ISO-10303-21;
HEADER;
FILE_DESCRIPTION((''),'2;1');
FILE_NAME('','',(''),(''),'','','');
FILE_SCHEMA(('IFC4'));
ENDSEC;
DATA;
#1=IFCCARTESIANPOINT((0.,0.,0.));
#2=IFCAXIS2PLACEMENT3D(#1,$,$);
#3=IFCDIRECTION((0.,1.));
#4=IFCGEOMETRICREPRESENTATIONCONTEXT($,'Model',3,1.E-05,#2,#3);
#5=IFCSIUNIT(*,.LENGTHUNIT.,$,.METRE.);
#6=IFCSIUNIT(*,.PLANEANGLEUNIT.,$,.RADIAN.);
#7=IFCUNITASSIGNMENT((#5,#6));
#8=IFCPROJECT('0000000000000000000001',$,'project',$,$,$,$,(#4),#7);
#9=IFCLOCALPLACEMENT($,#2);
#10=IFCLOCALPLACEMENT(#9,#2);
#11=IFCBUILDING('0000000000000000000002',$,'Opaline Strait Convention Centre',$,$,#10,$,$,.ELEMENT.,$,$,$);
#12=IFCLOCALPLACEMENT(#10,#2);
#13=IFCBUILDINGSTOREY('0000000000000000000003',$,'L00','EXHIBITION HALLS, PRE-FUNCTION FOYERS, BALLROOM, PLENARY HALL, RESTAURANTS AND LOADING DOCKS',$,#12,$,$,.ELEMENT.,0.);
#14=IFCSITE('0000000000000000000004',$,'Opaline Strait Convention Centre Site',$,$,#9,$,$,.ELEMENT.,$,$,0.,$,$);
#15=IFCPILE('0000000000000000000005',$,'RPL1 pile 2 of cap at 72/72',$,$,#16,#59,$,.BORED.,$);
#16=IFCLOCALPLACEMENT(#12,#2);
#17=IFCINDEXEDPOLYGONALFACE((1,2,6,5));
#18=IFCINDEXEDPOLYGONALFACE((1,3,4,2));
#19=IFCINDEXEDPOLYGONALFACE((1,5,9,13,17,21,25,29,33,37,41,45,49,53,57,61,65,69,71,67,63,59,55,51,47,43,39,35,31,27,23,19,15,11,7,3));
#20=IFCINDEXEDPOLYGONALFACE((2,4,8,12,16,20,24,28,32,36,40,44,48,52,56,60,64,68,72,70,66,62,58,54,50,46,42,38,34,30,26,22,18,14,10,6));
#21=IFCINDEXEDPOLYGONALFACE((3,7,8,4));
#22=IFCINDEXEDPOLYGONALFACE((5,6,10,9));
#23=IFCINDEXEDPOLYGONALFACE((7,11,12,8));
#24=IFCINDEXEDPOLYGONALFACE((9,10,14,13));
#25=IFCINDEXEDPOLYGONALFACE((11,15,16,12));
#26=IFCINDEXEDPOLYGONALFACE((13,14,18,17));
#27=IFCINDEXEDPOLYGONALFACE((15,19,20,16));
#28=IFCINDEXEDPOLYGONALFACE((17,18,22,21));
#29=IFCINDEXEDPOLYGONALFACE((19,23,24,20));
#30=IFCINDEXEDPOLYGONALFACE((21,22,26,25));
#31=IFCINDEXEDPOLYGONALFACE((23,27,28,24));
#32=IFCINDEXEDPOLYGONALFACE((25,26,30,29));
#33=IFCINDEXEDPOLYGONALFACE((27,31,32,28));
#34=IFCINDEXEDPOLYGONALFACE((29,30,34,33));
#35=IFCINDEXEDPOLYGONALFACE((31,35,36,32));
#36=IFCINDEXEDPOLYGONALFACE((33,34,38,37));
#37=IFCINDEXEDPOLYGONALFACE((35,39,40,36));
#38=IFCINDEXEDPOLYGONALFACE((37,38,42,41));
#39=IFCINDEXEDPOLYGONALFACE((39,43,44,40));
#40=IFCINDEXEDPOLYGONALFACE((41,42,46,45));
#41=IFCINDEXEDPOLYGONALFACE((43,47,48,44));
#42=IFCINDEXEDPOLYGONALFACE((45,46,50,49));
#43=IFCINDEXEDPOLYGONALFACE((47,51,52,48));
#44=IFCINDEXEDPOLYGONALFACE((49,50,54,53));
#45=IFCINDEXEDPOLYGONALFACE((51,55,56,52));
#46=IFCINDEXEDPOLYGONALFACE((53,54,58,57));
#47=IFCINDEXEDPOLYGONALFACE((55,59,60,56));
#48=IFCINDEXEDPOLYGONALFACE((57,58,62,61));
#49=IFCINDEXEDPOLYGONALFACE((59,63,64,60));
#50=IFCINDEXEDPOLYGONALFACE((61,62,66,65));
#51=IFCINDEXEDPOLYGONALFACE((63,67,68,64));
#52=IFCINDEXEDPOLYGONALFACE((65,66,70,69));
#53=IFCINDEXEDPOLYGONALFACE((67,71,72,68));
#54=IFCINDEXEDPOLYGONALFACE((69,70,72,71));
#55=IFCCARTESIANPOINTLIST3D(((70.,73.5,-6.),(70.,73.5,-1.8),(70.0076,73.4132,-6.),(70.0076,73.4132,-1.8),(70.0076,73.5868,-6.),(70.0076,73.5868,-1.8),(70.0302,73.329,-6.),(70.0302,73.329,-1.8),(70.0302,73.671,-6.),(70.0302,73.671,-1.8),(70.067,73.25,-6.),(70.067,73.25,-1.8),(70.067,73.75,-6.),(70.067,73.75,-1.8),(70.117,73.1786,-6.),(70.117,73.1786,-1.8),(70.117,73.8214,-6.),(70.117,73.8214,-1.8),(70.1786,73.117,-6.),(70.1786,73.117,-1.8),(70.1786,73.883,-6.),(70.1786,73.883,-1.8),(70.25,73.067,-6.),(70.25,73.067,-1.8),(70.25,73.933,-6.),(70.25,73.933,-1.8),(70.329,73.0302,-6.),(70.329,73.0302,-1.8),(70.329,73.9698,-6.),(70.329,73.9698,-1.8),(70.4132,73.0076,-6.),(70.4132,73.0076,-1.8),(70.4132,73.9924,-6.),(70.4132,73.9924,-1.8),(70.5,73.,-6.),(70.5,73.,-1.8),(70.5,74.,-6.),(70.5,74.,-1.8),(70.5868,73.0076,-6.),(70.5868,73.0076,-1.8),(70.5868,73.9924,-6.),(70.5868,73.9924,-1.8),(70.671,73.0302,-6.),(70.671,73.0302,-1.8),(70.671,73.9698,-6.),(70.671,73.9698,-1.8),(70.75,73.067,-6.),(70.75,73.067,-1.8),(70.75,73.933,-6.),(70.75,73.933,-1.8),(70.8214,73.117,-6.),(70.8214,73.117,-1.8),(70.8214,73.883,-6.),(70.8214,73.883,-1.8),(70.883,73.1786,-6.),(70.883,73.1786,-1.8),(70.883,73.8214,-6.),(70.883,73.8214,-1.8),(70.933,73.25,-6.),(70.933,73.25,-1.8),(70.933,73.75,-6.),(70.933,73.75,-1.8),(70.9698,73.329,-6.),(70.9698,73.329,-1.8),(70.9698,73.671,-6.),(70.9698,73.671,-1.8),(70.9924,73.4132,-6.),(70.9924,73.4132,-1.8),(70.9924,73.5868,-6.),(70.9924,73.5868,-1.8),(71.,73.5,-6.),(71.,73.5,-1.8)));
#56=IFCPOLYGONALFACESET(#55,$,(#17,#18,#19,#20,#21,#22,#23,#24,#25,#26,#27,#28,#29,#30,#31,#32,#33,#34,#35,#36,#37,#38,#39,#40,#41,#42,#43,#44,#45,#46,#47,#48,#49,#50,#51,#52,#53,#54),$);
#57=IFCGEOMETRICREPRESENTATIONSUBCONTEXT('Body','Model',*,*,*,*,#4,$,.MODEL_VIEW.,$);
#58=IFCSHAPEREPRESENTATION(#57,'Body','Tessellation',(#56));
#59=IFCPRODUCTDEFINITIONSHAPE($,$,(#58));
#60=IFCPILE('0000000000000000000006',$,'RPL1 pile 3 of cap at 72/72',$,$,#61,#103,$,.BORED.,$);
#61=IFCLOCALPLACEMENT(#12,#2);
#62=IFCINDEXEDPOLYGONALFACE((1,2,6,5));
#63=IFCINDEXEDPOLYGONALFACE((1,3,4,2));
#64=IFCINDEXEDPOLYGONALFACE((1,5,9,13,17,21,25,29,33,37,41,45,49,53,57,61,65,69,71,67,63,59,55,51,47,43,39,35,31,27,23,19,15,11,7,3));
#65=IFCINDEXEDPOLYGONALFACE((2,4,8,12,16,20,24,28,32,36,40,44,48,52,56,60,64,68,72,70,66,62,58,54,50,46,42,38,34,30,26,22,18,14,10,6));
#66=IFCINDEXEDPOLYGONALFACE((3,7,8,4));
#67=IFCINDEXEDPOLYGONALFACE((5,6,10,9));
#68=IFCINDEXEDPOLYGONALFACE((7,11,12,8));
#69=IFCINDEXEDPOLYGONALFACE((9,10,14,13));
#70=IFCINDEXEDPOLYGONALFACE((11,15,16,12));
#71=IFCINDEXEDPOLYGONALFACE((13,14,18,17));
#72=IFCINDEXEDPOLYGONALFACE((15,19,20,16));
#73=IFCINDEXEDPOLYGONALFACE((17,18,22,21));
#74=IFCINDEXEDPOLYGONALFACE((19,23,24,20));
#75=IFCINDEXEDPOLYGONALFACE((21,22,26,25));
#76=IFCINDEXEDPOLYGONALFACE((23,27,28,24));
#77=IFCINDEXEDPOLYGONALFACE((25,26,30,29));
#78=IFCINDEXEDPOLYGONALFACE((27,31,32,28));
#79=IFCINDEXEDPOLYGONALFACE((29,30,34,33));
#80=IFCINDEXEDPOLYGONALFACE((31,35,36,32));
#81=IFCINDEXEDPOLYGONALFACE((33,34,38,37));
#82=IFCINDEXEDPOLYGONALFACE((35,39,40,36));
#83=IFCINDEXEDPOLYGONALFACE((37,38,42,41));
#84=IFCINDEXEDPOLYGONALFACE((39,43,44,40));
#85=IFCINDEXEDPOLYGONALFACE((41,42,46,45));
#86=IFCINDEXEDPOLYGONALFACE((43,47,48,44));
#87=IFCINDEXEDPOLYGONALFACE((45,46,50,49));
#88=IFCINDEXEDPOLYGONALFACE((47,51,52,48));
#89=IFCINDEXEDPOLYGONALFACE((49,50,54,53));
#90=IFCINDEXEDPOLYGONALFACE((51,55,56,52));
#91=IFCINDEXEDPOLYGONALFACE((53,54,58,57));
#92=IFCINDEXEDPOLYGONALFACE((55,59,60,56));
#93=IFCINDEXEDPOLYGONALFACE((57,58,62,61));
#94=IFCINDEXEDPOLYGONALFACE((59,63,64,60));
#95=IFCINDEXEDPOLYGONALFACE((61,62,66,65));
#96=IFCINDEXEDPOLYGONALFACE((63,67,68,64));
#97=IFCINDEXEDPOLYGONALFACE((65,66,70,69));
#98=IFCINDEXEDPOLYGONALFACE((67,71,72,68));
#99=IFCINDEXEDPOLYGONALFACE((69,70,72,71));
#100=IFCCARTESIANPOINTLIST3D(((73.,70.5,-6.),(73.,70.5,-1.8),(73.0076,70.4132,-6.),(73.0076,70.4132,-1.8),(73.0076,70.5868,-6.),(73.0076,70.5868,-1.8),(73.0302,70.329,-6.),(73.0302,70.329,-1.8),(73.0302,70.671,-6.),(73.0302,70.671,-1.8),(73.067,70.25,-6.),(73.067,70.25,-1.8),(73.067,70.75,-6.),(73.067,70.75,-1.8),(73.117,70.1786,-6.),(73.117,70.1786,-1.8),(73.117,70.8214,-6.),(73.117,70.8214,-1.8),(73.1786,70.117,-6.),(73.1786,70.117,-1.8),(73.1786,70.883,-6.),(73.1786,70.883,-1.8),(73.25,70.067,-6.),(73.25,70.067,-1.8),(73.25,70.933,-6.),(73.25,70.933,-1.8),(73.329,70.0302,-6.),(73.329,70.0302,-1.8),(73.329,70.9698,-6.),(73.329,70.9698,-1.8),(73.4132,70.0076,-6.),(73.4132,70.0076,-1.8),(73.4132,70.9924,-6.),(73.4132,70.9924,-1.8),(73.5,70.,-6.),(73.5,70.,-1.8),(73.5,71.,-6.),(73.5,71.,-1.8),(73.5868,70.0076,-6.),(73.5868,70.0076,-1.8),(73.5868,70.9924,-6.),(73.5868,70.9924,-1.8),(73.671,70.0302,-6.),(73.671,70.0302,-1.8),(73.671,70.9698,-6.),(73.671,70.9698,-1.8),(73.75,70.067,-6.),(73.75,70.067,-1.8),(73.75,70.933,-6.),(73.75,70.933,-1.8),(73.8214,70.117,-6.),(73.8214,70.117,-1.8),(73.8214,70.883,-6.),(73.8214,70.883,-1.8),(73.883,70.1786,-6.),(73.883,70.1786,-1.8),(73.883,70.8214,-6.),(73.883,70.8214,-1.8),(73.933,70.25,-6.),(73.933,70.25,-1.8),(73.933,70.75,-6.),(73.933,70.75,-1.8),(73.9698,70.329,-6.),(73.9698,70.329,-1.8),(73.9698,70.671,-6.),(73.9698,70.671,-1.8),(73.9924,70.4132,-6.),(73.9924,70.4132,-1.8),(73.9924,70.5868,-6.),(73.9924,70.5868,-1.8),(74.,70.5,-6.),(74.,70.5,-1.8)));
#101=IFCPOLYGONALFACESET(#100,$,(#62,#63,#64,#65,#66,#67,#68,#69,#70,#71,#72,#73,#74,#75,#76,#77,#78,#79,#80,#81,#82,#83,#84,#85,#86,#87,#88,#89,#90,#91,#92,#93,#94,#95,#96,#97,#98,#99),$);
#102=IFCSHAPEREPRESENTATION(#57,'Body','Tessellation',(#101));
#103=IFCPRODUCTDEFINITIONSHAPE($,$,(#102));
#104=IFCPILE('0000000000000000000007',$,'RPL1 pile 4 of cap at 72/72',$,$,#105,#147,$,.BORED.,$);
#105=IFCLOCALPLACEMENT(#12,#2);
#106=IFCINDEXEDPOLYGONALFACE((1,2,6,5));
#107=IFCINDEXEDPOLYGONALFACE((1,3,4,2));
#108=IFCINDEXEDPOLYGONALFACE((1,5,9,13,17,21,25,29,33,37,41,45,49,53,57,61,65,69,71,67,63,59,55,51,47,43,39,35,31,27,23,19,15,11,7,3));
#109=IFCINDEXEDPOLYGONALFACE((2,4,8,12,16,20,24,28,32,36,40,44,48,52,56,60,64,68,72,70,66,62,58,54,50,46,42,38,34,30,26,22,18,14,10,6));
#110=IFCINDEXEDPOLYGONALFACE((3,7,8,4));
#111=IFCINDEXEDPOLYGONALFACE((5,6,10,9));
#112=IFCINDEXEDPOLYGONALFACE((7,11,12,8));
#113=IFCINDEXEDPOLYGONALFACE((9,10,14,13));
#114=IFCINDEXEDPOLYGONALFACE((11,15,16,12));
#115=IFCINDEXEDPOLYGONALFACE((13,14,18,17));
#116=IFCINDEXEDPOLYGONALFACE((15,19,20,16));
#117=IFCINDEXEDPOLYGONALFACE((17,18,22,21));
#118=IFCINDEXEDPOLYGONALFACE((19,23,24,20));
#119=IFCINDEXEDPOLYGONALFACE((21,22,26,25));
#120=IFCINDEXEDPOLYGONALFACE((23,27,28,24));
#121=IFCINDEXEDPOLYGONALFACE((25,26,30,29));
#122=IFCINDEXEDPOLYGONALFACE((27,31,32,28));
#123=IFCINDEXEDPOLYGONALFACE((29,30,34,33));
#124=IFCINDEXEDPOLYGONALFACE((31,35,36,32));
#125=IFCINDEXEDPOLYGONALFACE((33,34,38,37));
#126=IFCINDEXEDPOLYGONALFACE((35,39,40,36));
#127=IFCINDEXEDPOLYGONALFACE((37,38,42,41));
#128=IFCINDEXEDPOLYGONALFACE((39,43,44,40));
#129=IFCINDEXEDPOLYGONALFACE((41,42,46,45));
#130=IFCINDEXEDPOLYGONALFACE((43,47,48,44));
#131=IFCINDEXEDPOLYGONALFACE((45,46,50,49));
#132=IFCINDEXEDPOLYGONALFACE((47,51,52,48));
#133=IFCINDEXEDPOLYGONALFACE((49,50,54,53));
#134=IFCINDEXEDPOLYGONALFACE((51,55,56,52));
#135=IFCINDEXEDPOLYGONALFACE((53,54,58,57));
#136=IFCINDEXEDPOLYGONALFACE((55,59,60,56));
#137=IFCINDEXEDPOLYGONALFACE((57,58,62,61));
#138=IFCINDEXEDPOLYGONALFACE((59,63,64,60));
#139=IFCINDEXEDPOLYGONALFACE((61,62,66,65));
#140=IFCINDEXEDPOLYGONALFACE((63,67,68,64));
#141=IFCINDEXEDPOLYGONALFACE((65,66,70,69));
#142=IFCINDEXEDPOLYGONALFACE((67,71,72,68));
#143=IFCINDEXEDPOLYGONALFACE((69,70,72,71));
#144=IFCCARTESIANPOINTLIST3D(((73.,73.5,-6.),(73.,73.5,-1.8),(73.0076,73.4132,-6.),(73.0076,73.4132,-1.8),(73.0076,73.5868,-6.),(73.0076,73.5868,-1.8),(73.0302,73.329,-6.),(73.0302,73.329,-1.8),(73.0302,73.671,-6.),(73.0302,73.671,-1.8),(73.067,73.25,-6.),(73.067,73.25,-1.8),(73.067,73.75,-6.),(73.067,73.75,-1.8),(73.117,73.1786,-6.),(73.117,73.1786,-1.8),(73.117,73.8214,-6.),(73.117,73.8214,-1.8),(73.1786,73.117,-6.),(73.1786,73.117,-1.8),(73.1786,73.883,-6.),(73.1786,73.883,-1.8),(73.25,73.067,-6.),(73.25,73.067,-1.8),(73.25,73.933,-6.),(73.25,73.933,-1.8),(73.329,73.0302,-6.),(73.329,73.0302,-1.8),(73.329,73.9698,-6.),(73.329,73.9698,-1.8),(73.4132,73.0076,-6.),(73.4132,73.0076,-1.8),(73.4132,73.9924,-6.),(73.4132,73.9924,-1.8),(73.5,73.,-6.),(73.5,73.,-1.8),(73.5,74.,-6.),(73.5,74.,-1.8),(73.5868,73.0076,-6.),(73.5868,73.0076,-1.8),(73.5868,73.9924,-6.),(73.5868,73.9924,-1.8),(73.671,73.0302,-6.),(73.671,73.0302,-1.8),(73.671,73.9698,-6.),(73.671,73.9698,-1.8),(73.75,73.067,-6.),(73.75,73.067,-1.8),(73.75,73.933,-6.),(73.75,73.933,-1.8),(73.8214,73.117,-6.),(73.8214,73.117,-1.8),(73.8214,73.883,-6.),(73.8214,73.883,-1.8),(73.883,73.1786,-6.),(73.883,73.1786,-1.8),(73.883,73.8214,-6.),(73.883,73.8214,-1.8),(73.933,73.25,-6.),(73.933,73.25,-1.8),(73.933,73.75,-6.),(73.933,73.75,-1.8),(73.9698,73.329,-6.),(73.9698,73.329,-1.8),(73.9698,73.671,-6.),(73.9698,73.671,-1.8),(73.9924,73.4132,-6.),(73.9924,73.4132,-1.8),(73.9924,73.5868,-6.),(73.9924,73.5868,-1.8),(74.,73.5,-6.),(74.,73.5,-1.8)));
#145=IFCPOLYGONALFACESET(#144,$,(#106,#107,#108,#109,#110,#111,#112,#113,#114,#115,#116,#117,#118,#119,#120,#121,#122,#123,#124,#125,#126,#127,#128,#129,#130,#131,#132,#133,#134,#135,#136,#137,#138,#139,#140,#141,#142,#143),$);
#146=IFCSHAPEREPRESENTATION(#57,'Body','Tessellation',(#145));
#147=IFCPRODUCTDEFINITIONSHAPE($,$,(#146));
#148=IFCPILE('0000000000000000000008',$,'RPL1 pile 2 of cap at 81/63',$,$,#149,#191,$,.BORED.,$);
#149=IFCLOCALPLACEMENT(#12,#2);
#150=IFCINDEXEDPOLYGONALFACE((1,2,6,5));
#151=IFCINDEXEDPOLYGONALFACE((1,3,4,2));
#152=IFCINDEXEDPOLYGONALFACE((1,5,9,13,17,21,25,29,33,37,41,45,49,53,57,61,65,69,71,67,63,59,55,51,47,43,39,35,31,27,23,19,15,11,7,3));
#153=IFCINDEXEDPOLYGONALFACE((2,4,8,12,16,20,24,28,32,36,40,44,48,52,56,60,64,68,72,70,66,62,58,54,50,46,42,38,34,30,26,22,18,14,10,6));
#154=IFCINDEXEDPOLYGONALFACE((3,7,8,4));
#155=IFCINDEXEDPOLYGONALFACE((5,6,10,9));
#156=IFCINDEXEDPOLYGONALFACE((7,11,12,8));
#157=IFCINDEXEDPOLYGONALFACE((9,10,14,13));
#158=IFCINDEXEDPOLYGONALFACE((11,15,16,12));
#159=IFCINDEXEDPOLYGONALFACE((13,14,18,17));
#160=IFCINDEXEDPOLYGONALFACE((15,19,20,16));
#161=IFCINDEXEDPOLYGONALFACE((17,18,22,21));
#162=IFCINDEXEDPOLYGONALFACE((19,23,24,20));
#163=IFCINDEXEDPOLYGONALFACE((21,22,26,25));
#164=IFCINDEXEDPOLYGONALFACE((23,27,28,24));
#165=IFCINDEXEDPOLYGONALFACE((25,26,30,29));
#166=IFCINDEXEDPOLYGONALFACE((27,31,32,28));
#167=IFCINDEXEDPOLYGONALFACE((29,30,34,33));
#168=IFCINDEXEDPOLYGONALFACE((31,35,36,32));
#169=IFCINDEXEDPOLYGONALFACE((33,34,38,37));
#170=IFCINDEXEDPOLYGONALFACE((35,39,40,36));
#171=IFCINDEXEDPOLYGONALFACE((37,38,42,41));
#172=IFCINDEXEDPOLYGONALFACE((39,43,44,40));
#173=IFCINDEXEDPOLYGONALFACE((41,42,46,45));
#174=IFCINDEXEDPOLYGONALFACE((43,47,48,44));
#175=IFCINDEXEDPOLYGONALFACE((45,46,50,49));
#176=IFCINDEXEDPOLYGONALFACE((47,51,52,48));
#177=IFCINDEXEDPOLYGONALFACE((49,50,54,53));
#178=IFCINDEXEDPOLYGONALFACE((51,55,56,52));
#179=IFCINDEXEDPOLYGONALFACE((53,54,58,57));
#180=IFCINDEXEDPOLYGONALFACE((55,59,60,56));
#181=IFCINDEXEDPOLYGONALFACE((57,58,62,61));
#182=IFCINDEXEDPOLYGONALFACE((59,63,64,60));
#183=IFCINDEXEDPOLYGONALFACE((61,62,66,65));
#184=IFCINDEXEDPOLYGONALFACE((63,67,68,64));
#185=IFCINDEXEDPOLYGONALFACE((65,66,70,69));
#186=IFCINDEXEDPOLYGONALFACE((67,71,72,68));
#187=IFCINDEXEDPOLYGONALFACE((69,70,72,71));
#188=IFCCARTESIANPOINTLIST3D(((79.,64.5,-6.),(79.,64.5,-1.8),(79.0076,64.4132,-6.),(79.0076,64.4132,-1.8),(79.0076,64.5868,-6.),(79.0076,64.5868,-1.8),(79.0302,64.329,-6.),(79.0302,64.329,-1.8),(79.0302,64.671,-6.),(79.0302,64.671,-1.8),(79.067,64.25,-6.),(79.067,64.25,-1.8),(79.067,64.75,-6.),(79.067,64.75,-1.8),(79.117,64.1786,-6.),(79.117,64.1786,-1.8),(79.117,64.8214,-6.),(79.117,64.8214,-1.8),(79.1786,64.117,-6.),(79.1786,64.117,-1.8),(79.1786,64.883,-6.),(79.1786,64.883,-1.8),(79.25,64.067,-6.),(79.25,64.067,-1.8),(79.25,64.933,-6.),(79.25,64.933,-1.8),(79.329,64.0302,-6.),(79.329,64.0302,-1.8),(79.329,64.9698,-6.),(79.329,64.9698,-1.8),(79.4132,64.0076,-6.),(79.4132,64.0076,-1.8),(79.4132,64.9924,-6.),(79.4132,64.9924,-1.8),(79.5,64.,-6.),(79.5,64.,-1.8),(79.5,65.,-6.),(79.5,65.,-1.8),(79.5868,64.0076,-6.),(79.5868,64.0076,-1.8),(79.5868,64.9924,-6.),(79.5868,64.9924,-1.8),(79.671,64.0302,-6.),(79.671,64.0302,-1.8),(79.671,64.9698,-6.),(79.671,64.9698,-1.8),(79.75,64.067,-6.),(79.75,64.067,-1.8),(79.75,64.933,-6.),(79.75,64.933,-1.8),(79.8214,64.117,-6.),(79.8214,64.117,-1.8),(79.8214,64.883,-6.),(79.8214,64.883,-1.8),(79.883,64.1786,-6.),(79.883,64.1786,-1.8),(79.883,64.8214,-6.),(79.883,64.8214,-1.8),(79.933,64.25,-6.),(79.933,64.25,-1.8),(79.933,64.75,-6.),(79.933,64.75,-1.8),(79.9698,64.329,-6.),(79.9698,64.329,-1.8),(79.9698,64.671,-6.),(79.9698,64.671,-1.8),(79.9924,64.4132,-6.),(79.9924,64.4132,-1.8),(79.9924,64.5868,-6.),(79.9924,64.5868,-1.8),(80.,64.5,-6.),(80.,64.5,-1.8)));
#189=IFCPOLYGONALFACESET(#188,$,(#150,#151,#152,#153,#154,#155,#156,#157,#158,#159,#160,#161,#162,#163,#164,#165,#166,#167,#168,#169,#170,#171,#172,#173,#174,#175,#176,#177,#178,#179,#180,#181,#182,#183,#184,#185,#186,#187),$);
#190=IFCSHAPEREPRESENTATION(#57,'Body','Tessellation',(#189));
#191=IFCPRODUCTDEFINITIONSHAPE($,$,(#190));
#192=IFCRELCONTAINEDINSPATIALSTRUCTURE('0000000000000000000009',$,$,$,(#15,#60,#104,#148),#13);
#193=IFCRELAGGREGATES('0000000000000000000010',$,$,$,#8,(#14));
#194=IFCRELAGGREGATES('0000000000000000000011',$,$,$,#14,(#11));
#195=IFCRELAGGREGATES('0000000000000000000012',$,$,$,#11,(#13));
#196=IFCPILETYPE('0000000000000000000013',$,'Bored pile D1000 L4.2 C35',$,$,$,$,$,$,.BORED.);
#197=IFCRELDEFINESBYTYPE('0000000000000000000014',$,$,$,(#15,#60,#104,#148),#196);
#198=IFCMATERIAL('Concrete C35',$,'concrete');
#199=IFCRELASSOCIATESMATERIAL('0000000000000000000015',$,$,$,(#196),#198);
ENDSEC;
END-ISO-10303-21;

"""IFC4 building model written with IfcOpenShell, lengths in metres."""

from ifc_helpers import new_model, si_unit, direction, frame, origin, origin_2d, place, context, subcontext, project, spatial, circle, extrude, material, material_profile, profile_set, type_object, element, save


model = new_model("IFC4")

# Units and contexts
model_context = context("Model", 3, precision=1e-05, world=origin(), true_north=direction((0.0, 1.0)))
body_context = subcontext(model_context, "Body", "Model", "MODEL_VIEW")
ifc_project = project(units=[si_unit("LENGTHUNIT", "METRE"), si_unit("PLANEANGLEUNIT", "RADIAN")], contexts=[model_context])

# Site, building, storey
site_placement = place(None, origin())
site = spatial("IfcSite", under=ifc_project, at=site_placement, Name="Opaline Strait Convention Centre Site", CompositionType="ELEMENT", RefElevation=0.0)
building_placement = place(site_placement, origin())
building = spatial("IfcBuilding", under=site, at=building_placement, Name="Opaline Strait Convention Centre", CompositionType="ELEMENT")
storey_placement = place(building_placement, origin())
storey = spatial("IfcBuildingStorey", under=building, at=storey_placement, Name="L00", Description="EXHIBITION HALLS, PRE-FUNCTION FOYERS, BALLROOM, PLENARY HALL, RESTAURANTS AND LOADING DOCKS", CompositionType="ELEMENT", Elevation=0.0)

# Piles
ifc_material_1 = material(Name="Concrete C35", Category="concrete")
ifc_material_profile_1 = material_profile(ifc_material_1, circle(Radius=0.5, at=origin_2d()), Name="D1000")
ifc_profile_set_1 = profile_set([ifc_material_profile_1], Name="Concrete C35")
pile_type = type_object("IfcPileType", Name="Bored pile D1000 L4.2 C35", PredefinedType="BORED", material=ifc_profile_set_1)
for number, where, z_axis, x_axis, name in (
    (1, (70.5, 73.5, -1.8), (0.0, 0.0, -1.0), (1.0, 0.0, 0.0), "RPL1 pile 2 of cap at 72/72"),
    (2, (73.5, 70.5, -1.8), (0.0, 0.0, -1.0), (1.0, 0.0, 0.0), "RPL1 pile 3 of cap at 72/72"),
    (3, (73.5, 73.5, -1.8), (0.0, 0.0, -1.0), (1.0, 0.0, 0.0), "RPL1 pile 4 of cap at 72/72"),
    (4, (79.5, 64.5, -1.8), (0.0, 0.0, -1.0), (1.0, 0.0, 0.0), "RPL1 pile 2 of cap at 81/63"),
):
    element("IfcPile", number, at=place(storey_placement, frame(where, z_axis=z_axis, x_axis=x_axis)), inside=storey, type_object=pile_type, Name=name, PredefinedType="BORED", context=body_context, shape_type="SweptSolid", body=[
        extrude(circle(Radius=0.5, at=origin_2d()), origin(), (0.0, 0.0, 1.0), 4.2),
    ])

save(model, "model.ifc")
